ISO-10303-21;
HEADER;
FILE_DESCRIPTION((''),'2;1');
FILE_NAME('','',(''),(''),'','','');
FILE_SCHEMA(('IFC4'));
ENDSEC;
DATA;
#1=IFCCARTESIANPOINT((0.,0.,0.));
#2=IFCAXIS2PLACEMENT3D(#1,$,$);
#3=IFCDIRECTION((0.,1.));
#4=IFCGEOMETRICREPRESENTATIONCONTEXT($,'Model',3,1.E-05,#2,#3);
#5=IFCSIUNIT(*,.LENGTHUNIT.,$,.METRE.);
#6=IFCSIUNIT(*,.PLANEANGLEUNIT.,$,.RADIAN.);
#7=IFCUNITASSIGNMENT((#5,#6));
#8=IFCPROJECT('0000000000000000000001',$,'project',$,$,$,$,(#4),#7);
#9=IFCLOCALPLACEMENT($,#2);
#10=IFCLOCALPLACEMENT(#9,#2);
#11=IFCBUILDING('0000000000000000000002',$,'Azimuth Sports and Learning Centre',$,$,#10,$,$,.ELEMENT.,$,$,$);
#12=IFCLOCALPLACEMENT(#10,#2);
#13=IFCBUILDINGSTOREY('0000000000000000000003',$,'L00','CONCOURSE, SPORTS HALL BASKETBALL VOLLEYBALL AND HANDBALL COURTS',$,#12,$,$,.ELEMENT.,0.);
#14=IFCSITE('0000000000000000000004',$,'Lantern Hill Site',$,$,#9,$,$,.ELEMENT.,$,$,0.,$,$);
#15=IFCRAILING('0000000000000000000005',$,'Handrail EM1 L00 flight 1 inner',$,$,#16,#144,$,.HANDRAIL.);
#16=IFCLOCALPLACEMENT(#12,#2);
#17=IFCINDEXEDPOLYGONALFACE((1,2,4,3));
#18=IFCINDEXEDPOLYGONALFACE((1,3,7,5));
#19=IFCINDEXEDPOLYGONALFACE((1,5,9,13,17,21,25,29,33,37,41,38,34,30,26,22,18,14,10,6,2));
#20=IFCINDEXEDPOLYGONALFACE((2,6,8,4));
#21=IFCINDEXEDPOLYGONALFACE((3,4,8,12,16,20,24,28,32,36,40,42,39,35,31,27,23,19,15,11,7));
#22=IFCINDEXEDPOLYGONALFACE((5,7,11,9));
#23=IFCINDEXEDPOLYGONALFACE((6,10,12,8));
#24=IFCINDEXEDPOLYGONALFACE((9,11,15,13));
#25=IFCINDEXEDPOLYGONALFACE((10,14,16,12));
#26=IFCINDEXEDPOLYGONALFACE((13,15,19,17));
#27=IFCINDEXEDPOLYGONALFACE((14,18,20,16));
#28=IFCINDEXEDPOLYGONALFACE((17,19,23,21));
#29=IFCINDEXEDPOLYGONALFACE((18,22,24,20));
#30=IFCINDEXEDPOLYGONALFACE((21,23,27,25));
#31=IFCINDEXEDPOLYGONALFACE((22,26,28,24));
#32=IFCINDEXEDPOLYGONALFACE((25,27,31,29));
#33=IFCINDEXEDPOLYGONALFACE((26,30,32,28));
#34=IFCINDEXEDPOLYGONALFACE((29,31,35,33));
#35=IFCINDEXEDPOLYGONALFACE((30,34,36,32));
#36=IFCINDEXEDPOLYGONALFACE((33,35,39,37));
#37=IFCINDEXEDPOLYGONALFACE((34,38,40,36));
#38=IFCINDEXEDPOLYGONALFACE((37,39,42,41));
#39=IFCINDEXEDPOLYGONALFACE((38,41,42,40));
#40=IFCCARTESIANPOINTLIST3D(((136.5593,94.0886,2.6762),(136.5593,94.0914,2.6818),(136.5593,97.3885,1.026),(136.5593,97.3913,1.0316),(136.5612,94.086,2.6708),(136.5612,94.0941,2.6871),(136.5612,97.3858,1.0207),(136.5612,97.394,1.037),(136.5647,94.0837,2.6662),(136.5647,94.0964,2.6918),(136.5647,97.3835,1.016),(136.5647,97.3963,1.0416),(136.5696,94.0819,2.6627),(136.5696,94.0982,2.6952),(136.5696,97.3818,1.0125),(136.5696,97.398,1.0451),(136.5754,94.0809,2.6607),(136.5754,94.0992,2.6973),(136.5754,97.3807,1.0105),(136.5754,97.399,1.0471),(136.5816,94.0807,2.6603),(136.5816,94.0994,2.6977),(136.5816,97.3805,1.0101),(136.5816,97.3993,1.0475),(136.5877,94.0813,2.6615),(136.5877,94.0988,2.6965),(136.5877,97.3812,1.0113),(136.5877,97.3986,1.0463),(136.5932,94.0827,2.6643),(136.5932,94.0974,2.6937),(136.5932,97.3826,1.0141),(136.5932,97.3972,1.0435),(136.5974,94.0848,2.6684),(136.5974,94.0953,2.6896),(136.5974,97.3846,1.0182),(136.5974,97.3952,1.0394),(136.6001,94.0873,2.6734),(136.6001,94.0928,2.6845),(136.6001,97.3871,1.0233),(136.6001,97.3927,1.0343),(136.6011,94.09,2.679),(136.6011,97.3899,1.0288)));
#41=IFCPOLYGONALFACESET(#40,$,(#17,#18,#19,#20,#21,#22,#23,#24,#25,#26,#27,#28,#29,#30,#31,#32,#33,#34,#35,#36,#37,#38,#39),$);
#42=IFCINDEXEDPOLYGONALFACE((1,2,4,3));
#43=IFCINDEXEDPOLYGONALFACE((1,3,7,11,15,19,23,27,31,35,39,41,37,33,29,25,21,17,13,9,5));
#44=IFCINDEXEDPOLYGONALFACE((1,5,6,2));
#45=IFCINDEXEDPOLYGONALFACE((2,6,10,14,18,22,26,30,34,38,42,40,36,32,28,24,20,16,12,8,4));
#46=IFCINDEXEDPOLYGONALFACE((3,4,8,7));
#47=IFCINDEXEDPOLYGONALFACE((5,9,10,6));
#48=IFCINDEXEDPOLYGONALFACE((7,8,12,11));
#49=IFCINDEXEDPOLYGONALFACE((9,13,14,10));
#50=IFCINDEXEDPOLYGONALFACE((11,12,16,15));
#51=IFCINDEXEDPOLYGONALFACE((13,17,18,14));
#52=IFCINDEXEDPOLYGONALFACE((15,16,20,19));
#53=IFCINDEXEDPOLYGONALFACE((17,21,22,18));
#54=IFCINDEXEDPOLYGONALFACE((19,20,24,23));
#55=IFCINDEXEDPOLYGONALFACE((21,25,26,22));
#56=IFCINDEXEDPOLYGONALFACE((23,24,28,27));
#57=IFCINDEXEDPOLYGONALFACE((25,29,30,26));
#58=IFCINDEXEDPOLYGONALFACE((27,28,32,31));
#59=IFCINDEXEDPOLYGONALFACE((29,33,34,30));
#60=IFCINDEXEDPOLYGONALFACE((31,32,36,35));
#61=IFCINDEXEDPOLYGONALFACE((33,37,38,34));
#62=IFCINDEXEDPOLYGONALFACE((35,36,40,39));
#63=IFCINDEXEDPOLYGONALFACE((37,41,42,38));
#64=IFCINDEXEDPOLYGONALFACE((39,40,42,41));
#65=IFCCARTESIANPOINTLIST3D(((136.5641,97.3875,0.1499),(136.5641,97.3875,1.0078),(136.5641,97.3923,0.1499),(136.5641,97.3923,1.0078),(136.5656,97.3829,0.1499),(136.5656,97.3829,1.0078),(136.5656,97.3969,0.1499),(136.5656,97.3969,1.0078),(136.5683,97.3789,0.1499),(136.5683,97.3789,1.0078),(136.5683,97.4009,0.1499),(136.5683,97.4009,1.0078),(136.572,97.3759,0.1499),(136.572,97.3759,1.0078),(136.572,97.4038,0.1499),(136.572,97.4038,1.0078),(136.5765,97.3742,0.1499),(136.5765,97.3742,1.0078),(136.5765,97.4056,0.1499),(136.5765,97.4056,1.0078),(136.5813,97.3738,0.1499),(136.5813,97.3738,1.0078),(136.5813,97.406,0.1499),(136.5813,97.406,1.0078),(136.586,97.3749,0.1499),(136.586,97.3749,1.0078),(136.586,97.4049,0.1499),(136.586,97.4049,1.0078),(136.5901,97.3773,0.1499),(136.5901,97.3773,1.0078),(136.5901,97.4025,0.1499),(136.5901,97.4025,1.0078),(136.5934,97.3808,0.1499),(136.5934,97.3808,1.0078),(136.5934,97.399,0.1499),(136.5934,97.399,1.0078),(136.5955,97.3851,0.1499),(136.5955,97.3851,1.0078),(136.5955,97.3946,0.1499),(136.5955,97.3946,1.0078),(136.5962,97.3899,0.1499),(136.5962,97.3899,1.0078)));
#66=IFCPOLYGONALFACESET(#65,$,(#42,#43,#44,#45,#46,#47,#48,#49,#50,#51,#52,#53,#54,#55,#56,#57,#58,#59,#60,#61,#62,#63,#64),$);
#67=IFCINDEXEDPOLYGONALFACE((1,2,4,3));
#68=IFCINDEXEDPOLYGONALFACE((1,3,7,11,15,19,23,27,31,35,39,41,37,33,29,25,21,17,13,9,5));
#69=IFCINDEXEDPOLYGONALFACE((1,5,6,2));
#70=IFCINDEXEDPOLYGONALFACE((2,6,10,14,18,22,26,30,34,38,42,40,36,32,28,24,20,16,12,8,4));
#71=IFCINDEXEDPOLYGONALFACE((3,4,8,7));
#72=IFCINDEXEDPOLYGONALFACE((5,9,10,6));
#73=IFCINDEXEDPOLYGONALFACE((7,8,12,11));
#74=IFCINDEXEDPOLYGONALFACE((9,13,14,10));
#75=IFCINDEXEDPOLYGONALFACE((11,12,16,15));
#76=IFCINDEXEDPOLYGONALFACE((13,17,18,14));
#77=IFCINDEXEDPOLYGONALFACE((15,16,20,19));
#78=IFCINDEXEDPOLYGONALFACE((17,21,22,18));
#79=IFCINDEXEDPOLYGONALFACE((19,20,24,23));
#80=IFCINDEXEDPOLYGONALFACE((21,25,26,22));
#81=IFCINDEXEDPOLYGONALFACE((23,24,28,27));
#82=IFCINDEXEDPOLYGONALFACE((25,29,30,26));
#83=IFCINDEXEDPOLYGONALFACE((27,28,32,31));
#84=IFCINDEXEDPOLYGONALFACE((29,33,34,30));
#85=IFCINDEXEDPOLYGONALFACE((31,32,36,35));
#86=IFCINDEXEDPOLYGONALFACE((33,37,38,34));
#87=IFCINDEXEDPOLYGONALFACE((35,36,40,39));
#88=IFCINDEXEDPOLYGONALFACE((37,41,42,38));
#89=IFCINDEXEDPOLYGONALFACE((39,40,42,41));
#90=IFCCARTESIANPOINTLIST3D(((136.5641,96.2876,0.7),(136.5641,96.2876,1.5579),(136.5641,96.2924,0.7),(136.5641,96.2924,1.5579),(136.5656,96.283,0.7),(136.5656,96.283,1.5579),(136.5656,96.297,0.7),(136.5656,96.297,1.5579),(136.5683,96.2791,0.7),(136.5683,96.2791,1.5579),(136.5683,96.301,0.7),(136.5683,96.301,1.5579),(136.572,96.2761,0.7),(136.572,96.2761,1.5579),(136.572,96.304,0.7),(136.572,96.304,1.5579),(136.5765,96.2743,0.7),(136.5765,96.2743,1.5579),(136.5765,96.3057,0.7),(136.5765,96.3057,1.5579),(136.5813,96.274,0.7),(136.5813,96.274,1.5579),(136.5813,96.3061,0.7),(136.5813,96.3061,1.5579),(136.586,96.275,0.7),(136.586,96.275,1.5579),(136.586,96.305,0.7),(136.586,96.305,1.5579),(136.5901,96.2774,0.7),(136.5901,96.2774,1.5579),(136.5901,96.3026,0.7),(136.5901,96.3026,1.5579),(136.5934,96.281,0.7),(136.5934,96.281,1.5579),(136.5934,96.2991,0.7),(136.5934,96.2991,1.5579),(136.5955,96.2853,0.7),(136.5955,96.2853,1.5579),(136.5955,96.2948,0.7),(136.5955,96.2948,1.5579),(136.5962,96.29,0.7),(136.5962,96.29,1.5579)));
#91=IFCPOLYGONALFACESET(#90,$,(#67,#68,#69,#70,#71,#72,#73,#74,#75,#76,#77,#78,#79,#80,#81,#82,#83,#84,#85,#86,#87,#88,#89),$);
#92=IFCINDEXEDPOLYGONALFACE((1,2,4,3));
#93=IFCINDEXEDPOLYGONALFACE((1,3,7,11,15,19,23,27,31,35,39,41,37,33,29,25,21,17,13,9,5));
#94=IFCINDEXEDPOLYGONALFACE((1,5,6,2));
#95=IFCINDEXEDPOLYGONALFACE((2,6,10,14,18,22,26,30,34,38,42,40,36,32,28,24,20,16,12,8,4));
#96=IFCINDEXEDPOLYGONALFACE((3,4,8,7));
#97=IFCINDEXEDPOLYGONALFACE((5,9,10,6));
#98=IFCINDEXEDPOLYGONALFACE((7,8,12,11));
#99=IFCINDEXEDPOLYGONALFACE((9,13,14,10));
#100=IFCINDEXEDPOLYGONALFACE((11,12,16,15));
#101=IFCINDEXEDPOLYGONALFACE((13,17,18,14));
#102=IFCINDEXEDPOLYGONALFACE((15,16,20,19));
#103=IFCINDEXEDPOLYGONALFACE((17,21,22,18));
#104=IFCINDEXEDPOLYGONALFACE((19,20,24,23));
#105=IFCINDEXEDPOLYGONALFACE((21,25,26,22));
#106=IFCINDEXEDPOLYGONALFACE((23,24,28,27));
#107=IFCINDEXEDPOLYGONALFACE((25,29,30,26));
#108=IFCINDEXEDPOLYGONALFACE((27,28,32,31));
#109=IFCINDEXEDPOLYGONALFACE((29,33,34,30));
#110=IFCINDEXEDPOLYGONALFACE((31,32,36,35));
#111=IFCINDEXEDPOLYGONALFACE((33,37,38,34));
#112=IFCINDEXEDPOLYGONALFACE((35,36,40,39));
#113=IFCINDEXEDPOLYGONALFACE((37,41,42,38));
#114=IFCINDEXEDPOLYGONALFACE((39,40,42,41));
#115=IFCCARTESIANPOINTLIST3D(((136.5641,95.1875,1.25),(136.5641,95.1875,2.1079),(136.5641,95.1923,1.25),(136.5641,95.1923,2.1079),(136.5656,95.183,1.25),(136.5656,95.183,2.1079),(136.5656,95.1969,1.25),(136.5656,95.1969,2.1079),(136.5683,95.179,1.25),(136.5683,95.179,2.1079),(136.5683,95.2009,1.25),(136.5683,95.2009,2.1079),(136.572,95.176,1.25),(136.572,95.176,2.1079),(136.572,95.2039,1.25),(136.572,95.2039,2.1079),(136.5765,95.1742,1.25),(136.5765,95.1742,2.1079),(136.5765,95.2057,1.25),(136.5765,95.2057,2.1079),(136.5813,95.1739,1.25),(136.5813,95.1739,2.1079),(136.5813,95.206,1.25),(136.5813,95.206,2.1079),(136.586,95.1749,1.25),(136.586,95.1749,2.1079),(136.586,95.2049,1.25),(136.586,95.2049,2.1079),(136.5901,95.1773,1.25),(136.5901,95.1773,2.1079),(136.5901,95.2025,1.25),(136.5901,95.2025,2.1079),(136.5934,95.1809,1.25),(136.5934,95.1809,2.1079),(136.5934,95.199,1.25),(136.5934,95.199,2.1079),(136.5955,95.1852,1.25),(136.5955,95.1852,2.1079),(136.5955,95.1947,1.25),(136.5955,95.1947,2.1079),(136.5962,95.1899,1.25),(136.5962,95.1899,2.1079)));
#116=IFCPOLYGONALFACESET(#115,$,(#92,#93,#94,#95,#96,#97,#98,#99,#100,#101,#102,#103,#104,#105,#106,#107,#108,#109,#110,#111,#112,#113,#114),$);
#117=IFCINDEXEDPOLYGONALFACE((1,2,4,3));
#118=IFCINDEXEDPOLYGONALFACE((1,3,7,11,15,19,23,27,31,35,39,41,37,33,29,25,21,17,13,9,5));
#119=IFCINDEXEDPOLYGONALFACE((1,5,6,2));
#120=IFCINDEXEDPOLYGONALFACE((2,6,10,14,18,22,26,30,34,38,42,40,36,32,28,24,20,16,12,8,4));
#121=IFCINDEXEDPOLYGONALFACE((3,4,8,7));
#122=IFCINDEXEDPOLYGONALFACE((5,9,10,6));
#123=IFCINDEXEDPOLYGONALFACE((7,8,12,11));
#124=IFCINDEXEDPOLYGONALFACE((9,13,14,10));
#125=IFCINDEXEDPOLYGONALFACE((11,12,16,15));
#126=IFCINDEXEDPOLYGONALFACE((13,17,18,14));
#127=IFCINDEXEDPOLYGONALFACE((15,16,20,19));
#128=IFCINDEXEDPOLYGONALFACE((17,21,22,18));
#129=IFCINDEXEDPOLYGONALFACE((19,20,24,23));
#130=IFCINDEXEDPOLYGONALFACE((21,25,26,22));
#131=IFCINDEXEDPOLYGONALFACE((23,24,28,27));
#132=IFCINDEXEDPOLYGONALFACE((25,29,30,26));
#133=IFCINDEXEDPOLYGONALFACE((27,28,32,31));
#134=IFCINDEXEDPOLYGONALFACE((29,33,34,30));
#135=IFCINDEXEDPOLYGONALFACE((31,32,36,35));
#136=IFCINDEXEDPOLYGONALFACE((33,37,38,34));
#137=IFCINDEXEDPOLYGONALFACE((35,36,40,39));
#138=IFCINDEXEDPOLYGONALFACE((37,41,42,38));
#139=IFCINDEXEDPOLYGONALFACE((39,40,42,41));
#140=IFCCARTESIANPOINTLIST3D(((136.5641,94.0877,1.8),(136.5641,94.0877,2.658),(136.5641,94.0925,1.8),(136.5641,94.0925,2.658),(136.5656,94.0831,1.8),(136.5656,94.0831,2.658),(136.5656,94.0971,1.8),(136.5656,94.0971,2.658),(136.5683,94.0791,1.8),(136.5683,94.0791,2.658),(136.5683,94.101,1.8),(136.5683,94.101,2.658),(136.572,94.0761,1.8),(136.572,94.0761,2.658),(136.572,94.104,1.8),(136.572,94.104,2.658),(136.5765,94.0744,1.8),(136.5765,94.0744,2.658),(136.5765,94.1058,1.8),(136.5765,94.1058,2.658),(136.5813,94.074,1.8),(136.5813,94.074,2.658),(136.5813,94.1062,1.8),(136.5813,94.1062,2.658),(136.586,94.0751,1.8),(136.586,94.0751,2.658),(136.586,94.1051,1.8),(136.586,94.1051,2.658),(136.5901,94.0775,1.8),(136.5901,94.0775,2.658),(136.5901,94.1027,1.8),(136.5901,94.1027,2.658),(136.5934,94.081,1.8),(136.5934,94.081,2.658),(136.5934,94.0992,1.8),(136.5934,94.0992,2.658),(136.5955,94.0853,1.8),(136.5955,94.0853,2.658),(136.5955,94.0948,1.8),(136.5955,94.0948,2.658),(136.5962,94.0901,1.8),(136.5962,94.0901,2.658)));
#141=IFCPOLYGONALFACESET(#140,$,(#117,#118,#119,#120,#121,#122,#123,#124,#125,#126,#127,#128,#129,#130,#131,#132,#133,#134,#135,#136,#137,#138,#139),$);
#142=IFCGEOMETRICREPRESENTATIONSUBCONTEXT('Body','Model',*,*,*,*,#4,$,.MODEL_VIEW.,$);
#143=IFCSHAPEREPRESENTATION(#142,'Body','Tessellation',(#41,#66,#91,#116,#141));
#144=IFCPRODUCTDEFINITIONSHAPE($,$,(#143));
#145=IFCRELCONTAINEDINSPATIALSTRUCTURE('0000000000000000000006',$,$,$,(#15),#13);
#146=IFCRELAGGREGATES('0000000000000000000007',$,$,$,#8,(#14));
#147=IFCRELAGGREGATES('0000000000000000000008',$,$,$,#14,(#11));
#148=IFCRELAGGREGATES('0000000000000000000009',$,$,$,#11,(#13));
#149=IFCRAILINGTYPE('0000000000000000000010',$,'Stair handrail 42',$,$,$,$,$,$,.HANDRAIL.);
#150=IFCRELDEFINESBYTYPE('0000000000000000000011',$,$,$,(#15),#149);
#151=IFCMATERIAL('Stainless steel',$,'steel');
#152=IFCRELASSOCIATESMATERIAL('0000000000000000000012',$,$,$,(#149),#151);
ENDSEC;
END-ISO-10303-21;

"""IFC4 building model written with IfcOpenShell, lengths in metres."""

from ifc_helpers import new_model, si_unit, direction, frame, origin, origin_2d, place, context, subcontext, project, spatial, circle, extrude, material, type_object, element, save


model = new_model("IFC4")

# Units and contexts
model_context = context("Model", 3, precision=1e-05, world=origin(), true_north=direction((0.0, 1.0)))
body_context = subcontext(model_context, "Body", "Model", "MODEL_VIEW")
ifc_project = project(units=[si_unit("LENGTHUNIT", "METRE"), si_unit("PLANEANGLEUNIT", "RADIAN")], contexts=[model_context])

# Site, building, storey
site_placement = place(None, origin())
site = spatial("IfcSite", under=ifc_project, at=site_placement, Name="Lantern Hill Site", CompositionType="ELEMENT", RefElevation=0.0)
building_placement = place(site_placement, origin())
building = spatial("IfcBuilding", under=site, at=building_placement, Name="Azimuth Sports and Learning Centre", CompositionType="ELEMENT")
storey_placement = place(building_placement, origin())
storey = spatial("IfcBuildingStorey", under=building, at=storey_placement, Name="L00", Description="CONCOURSE, SPORTS HALL BASKETBALL VOLLEYBALL AND HANDBALL COURTS", CompositionType="ELEMENT", Elevation=0.0)

# Railing
ifc_material_1 = material(Name="Stainless steel", Category="steel")
railing_type_1 = type_object("IfcRailingType", Name="Stair handrail 42", PredefinedType="HANDRAIL", material=ifc_material_1)
railing_1_placement = place(storey_placement, frame((136.5801, 97.3899, 0.1499)))
element("IfcRailing", 1, at=railing_1_placement, inside=storey, type_object=railing_type_1, Name="Handrail EM1 L00 flight 1 inner", PredefinedType="HANDRAIL", context=body_context, shape_type="SweptSolid", body=[
    extrude(circle(Radius=0.021, at=origin_2d()), frame((0.0, 0.0, 0.8789), z_axis=(0.0, -0.894401, 0.447267), x_axis=(1.0, 0.0, 0.0)), (0.0, 0.0, 1.0), 3.6895),
    extrude(circle(Radius=0.0161, at=origin_2d()), origin(), (0.0, 0.0, 1.0), 0.8579),
    extrude(circle(Radius=0.0161, at=origin_2d()), frame((0.0, -1.0999, 0.55)), (0.0, 0.0, 1.0), 0.8579),
    extrude(circle(Radius=0.0161, at=origin_2d()), frame((0.0, -2.2, 1.1001)), (0.0, 0.0, 1.0), 0.8579),
    extrude(circle(Radius=0.0161, at=origin_2d()), frame((0.0, -3.2998, 1.6501)), (0.0, 0.0, 1.0), 0.8579),
])

save(model, "model.ifc")
